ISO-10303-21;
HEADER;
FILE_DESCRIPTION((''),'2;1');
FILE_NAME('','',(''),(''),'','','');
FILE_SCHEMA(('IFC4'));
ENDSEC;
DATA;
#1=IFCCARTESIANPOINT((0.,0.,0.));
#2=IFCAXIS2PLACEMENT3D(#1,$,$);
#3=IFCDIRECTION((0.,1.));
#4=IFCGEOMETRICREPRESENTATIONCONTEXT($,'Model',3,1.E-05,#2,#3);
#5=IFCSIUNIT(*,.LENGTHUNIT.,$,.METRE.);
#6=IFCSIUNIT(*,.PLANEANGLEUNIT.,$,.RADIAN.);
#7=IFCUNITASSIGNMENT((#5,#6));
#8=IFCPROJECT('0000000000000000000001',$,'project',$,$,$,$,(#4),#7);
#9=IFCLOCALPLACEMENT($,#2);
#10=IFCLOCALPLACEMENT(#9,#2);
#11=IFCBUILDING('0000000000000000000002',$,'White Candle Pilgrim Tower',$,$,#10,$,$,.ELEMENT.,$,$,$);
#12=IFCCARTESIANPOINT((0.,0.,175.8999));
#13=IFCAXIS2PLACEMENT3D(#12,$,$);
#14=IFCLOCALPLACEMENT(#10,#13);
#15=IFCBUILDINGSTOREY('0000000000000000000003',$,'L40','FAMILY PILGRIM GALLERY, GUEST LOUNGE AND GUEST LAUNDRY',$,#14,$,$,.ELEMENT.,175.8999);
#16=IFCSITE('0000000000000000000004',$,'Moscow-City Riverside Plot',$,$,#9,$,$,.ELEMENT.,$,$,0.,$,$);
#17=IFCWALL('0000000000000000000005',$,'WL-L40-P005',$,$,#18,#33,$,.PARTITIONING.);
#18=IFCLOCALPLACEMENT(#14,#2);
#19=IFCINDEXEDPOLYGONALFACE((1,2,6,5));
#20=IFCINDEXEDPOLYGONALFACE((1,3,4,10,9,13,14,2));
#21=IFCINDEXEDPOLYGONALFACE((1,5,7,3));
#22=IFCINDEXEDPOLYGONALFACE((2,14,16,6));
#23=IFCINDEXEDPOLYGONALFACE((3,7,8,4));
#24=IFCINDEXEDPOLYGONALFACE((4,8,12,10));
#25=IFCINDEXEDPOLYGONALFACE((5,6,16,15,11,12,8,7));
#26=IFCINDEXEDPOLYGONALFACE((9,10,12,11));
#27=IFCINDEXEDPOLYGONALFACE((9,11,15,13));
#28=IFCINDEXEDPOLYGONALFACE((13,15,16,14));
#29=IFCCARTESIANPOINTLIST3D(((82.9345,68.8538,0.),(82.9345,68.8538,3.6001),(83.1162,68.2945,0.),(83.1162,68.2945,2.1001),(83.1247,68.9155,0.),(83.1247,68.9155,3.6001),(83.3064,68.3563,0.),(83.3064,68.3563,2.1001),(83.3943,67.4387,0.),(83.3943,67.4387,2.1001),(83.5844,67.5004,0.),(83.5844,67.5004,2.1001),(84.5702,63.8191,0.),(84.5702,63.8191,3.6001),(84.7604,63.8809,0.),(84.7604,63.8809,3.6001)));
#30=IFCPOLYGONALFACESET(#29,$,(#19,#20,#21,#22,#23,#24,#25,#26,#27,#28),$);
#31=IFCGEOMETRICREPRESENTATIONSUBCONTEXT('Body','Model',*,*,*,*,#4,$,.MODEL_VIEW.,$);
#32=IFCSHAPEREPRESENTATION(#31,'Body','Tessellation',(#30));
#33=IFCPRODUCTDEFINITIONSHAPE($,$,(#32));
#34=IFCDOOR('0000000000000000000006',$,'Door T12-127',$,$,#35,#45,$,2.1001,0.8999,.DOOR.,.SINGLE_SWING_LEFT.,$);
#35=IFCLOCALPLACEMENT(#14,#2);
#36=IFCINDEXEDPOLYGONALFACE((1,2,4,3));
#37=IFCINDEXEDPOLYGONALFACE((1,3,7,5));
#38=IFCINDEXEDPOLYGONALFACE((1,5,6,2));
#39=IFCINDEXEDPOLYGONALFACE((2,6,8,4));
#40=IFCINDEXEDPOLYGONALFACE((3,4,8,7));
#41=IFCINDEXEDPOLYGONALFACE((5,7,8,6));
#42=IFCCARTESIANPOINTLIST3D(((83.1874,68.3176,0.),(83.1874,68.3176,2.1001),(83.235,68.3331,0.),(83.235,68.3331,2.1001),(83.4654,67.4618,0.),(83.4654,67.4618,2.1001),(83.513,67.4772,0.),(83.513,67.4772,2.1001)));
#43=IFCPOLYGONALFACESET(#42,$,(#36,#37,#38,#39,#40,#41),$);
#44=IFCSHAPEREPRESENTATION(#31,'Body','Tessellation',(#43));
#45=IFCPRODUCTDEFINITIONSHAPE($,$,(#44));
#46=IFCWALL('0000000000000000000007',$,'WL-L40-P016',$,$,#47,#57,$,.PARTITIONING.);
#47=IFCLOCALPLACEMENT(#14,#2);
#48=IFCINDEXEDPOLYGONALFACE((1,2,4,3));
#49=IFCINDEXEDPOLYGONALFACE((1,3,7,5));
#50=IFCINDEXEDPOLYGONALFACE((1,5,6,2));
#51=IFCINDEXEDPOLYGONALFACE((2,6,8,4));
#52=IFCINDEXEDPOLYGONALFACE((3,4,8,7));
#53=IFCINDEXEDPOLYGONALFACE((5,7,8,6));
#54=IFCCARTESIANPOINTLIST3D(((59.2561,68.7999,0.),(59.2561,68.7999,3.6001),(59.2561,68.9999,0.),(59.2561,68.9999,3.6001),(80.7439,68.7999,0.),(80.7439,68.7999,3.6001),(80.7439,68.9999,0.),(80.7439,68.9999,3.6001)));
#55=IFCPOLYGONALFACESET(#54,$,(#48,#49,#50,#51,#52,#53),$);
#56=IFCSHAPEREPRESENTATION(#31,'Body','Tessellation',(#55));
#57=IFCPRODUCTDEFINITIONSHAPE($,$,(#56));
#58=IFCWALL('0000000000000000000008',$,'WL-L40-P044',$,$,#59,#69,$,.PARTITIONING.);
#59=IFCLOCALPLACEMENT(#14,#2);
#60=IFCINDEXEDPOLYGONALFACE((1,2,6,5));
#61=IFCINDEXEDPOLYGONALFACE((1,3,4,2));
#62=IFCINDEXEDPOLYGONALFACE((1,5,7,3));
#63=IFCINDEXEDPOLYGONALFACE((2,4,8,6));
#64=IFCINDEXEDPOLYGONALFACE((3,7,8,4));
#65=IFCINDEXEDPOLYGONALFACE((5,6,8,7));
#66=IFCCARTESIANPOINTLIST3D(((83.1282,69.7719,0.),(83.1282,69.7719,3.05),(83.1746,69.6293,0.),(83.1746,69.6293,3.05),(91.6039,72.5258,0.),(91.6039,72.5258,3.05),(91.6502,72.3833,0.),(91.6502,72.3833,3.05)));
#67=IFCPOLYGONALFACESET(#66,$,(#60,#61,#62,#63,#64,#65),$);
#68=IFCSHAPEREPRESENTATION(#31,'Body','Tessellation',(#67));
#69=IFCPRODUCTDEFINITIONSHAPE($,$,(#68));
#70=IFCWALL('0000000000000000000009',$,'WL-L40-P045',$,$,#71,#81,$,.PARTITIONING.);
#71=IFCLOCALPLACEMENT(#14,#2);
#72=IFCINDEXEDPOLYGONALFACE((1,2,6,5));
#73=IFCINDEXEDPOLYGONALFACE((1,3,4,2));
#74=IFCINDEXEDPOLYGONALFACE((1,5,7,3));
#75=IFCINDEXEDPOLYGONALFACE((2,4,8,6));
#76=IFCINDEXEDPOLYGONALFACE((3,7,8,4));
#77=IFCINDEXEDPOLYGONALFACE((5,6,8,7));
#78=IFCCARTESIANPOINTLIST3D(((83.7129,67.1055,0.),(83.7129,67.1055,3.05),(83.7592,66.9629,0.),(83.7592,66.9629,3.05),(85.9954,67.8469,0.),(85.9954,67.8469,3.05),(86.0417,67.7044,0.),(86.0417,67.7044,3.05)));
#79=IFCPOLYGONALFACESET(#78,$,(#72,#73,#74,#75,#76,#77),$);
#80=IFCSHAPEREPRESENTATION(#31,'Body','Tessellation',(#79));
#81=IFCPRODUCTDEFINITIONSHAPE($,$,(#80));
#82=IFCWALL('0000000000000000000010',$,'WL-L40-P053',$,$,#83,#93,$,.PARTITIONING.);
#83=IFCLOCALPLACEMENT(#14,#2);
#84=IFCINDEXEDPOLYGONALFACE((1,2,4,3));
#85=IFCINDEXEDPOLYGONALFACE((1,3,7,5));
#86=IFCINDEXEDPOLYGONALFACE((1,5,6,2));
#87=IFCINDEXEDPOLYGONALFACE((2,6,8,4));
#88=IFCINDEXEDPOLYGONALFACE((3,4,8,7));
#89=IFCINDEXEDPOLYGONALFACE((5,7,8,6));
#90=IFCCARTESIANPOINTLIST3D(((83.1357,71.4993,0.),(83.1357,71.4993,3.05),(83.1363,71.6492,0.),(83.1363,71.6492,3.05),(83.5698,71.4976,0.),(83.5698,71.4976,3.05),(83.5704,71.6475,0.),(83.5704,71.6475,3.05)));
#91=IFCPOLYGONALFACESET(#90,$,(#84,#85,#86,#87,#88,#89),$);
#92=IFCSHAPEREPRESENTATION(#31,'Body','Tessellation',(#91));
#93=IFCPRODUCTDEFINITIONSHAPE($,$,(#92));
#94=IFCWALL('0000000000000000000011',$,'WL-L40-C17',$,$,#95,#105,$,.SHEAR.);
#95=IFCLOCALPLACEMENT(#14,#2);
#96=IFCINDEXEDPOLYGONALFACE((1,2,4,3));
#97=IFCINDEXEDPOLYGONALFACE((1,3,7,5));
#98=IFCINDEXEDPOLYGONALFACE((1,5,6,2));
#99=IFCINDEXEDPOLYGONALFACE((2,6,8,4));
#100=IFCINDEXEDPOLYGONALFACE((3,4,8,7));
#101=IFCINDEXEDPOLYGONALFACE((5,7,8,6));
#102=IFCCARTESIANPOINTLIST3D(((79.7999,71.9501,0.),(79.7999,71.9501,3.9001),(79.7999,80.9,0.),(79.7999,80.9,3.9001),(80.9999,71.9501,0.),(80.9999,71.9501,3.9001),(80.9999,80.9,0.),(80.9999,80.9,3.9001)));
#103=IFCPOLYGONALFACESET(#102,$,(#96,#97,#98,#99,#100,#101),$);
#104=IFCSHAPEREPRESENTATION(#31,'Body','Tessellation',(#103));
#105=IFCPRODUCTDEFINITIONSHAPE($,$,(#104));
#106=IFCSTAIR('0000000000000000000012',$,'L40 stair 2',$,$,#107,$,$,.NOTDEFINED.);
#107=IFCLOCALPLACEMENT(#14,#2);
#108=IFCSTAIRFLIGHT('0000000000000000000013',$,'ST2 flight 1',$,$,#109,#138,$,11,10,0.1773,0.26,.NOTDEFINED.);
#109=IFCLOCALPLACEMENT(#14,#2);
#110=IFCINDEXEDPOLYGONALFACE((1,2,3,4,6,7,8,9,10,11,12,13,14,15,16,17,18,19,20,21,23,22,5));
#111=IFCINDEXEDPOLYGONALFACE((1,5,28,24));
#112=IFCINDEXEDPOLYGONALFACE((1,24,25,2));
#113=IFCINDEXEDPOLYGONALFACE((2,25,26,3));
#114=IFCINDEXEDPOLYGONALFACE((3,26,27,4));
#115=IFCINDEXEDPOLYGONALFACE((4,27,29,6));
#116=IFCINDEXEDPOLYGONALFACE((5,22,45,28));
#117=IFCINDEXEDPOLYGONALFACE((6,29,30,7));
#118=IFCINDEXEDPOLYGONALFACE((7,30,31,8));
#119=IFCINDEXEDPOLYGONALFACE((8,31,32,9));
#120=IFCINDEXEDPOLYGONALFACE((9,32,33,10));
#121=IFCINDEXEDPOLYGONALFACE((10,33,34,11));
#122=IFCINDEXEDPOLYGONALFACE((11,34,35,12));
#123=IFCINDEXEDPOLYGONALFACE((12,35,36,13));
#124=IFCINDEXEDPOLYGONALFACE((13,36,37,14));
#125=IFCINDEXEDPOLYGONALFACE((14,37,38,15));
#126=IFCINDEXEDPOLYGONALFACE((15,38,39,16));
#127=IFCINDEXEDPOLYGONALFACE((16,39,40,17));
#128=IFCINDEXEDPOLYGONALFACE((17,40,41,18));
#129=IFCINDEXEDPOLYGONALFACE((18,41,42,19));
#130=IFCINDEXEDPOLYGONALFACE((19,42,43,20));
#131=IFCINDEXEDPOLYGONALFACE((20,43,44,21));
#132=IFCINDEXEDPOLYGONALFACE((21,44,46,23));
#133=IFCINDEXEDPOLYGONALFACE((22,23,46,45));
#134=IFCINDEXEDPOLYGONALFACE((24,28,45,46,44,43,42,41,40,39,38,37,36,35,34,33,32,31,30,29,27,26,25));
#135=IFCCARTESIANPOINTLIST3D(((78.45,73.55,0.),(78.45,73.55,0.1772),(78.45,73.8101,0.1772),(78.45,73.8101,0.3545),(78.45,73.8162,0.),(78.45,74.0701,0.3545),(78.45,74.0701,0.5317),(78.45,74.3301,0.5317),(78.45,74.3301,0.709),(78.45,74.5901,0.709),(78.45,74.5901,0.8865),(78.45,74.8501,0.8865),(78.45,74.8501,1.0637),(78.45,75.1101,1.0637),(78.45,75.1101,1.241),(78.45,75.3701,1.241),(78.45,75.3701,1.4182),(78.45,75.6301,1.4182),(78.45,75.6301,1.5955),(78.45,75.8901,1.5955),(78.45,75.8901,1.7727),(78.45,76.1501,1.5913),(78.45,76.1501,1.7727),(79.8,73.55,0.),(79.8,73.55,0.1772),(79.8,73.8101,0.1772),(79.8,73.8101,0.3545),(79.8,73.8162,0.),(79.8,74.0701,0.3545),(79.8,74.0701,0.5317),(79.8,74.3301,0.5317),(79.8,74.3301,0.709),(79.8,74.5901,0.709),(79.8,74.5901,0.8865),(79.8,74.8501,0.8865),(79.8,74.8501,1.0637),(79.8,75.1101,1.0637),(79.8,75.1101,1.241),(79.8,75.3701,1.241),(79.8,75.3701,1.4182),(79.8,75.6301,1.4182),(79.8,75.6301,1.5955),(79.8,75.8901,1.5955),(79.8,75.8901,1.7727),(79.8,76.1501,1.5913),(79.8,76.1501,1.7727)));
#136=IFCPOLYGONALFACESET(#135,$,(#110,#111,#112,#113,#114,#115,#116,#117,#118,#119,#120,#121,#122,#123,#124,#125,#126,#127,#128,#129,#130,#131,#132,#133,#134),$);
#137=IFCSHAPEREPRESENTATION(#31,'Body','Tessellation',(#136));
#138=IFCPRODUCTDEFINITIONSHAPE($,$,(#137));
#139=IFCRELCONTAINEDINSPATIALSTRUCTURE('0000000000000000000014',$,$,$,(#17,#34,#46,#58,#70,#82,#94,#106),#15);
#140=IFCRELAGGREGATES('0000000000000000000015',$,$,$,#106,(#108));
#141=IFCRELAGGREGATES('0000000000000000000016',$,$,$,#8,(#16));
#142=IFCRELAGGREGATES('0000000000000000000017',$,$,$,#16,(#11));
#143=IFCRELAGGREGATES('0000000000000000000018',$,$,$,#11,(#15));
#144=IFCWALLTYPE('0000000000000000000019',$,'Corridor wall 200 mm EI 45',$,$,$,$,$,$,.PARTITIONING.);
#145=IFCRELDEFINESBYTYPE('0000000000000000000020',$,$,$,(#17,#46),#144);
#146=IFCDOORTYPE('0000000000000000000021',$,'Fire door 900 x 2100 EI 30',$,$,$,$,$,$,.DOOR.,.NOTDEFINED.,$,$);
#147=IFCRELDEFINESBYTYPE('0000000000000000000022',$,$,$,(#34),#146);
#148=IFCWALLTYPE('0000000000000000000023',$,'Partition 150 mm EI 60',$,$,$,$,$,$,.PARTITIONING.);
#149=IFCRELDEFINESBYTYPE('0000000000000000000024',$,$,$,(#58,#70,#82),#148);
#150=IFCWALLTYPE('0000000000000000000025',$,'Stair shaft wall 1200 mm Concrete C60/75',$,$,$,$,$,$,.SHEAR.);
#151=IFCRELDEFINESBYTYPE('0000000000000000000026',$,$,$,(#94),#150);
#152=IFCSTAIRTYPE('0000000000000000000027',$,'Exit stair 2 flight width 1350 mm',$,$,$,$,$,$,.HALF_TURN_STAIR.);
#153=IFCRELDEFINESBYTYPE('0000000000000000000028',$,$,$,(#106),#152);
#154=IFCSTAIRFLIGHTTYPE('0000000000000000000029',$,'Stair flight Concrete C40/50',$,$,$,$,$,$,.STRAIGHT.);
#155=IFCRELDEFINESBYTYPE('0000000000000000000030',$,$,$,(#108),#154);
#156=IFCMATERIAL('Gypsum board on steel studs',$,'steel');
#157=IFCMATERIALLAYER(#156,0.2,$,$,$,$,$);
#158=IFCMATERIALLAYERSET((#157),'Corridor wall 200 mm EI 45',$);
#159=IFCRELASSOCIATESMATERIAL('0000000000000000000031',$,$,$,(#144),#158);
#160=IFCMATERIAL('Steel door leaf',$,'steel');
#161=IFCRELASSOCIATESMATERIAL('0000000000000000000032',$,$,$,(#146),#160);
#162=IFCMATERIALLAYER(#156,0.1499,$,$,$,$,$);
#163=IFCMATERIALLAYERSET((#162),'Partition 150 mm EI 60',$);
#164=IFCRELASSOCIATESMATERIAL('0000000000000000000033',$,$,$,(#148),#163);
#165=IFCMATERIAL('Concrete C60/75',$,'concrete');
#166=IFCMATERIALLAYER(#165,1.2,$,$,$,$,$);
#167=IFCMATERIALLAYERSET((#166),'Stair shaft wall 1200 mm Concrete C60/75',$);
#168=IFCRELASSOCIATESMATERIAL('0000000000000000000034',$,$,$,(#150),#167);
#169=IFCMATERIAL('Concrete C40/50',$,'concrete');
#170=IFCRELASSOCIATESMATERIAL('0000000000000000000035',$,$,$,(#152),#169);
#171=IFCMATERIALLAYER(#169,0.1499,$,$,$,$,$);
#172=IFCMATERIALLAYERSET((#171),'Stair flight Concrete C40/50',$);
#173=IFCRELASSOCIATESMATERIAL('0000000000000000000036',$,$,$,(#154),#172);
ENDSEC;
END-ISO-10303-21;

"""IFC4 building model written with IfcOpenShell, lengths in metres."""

from ifc_helpers import new_model, si_unit, direction, frame, frame_2d, origin, place, context, subcontext, project, spatial, polyline, rectangle, outline, extrude, material, layer, layer_set, type_object, element, fill, aggregate, save


model = new_model("IFC4")

# Units and contexts
model_context = context("Model", 3, precision=1e-05, world=origin(), true_north=direction((0.0, 1.0)))
body_context = subcontext(model_context, "Body", "Model", "MODEL_VIEW")
ifc_project = project(units=[si_unit("LENGTHUNIT", "METRE"), si_unit("PLANEANGLEUNIT", "RADIAN")], contexts=[model_context])

# Site, building, storey
site_placement = place(None, origin())
site = spatial("IfcSite", under=ifc_project, at=site_placement, Name="Moscow-City Riverside Plot", CompositionType="ELEMENT", RefElevation=0.0)
building_placement = place(site_placement, origin())
building = spatial("IfcBuilding", under=site, at=building_placement, Name="White Candle Pilgrim Tower", CompositionType="ELEMENT")
storey_placement = place(building_placement, frame((0.0, 0.0, 175.8999)))
storey = spatial("IfcBuildingStorey", under=building, at=storey_placement, Name="L40", Description="FAMILY PILGRIM GALLERY, GUEST LOUNGE AND GUEST LAUNDRY", CompositionType="ELEMENT", Elevation=175.8999)

# Wall, opening, door
ifc_material_1 = material(Name="Gypsum board on steel studs", Category="steel")
ifc_layer_1 = layer(ifc_material_1, 0.2)
ifc_layer_set_1 = layer_set([ifc_layer_1], Name="Corridor wall 200 mm EI 45")
wall_type_1 = type_object("IfcWallType", Name="Corridor wall 200 mm EI 45", PredefinedType="PARTITIONING", material=ifc_layer_set_1)
wall_1_placement = place(storey_placement, frame((83.0295, 68.8848, 0.0), z_axis=(0.0, 0.0, 1.0), x_axis=(0.308996, -0.951063, 0.0)))
wall_1 = element("IfcWall", 1, at=wall_1_placement, inside=storey, type_object=wall_type_1, Name="WL-L40-P005", PredefinedType="PARTITIONING", context=body_context, shape_type="SweptSolid", body=[
    extrude(rectangle(XDim=5.2937, YDim=0.2, at=frame_2d((2.647, 0.0))), origin(), (0.0, 0.0, 1.0), 3.6001),
])
opening_placement = place(wall_1_placement, frame((0.5881, 0.0, 0.0)))
opening = element("IfcOpeningElement", 2, at=opening_placement, cuts=wall_1, PredefinedType="OPENING", context=body_context, shape_type="SweptSolid", body=[
    extrude(rectangle(XDim=0.8999, YDim=2.1001, at=frame_2d((0.45, 1.05))), frame((0.0, 0.1099, 0.0), z_axis=(0.0, -1.0, 0.0), x_axis=(1.0, 0.0, 0.0)), (0.0, 0.0, 1.0), 0.22),
])
ifc_material_2 = material(Name="Steel door leaf", Category="steel")
door_type = type_object("IfcDoorType", Name="Fire door 900 x 2100 EI 30", OperationType="NOTDEFINED", PredefinedType="DOOR", material=ifc_material_2)
door_placement = place(opening_placement, origin())
door = element("IfcDoor", 3, at=door_placement, inside=storey, type_object=door_type, Name="Door T12-127", OperationType="SINGLE_SWING_LEFT", OverallHeight=2.1001, OverallWidth=0.8999, PredefinedType="DOOR", context=body_context, shape_type="SweptSolid", body=[
    extrude(rectangle(XDim=0.8999, YDim=2.1001, at=frame_2d((0.45, 1.05))), frame((0.0, 0.0249, 0.0), z_axis=(0.0, -1.0, 0.0), x_axis=(1.0, 0.0, 0.0)), (0.0, 0.0, 1.0), 0.05),
])
fill(opening, door)

# Walls
wall_2_placement = place(storey_placement, frame((80.7439, 68.8999, 0.0), z_axis=(0.0, 0.0, 1.0), x_axis=(-1.0, 0.0, 0.0)))
element("IfcWall", 4, at=wall_2_placement, inside=storey, type_object=wall_type_1, Name="WL-L40-P016", PredefinedType="PARTITIONING", context=body_context, shape_type="SweptSolid", body=[
    extrude(rectangle(XDim=21.4878, YDim=0.2, at=frame_2d((10.7439, 0.0))), origin(), (0.0, 0.0, 1.0), 3.6001),
])
ifc_layer_2 = layer(ifc_material_1, 0.1499)
ifc_layer_set_2 = layer_set([ifc_layer_2], Name="Partition 150 mm EI 60")
wall_type_2 = type_object("IfcWallType", Name="Partition 150 mm EI 60", PredefinedType="PARTITIONING", material=ifc_layer_set_2)
wall_3_placement = place(storey_placement, frame((91.6272, 72.4546, 0.0), z_axis=(0.0, 0.0, 1.0), x_axis=(-0.951056, -0.309019, 0.0)))
element("IfcWall", 5, at=wall_3_placement, inside=storey, type_object=wall_type_2, Name="WL-L40-P044", PredefinedType="PARTITIONING", context=body_context, shape_type="SweptSolid", body=[
    extrude(rectangle(XDim=8.9119, YDim=0.1499, at=frame_2d((4.4561, 0.0))), origin(), (0.0, 0.0, 1.0), 3.05),
])
wall_4_placement = place(storey_placement, frame((83.7361, 67.0342, 0.0), z_axis=(0.0, 0.0, 1.0), x_axis=(0.951077, 0.308955, 0.0)))
element("IfcWall", 6, at=wall_4_placement, inside=storey, type_object=wall_type_2, Name="WL-L40-P045", PredefinedType="PARTITIONING", context=body_context, shape_type="SweptSolid", body=[
    extrude(rectangle(XDim=2.3999, YDim=0.1499, at=frame_2d((1.2, 0.0))), origin(), (0.0, 0.0, 1.0), 3.05),
])
wall_5_placement = place(storey_placement, frame((83.5701, 71.5725, 0.0), z_axis=(0.0, 0.0, 1.0), x_axis=(-0.999992, 0.003937, 0.0)))
element("IfcWall", 7, at=wall_5_placement, inside=storey, type_object=wall_type_2, Name="WL-L40-P053", PredefinedType="PARTITIONING", context=body_context, shape_type="SweptSolid", body=[
    extrude(rectangle(XDim=0.4341, YDim=0.1499, at=frame_2d((0.217, 0.0))), origin(), (0.0, 0.0, 1.0), 3.05),
])
ifc_material_3 = material(Name="Concrete C60/75", Category="concrete")
ifc_layer_3 = layer(ifc_material_3, 1.2)
ifc_layer_set_3 = layer_set([ifc_layer_3], Name="Stair shaft wall 1200 mm Concrete C60/75")
wall_type_3 = type_object("IfcWallType", Name="Stair shaft wall 1200 mm Concrete C60/75", PredefinedType="SHEAR", material=ifc_layer_set_3)
wall_6_placement = place(storey_placement, frame((80.3999, 71.95, 0.0), z_axis=(0.0, 0.0, 1.0), x_axis=(0.0, 1.0, 0.0)))
element("IfcWall", 8, at=wall_6_placement, inside=storey, type_object=wall_type_3, Name="WL-L40-C17", PredefinedType="SHEAR", context=body_context, shape_type="SweptSolid", body=[
    extrude(rectangle(XDim=8.95, YDim=1.2, at=frame_2d((4.4751, 0.0))), origin(), (0.0, 0.0, 1.0), 3.9001),
])

# Stair, stair flight
ifc_material_4 = material(Name="Concrete C40/50", Category="concrete")
stair_type = type_object("IfcStairType", Name="Exit stair 2 flight width 1350 mm", PredefinedType="HALF_TURN_STAIR", material=ifc_material_4)
stair_placement = place(storey_placement, origin())
stair = element("IfcStair", 9, at=stair_placement, inside=storey, type_object=stair_type, Name="L40 stair 2", PredefinedType="NOTDEFINED")
ifc_layer_4 = layer(ifc_material_4, 0.1499)
ifc_layer_set_4 = layer_set([ifc_layer_4], Name="Stair flight Concrete C40/50")
stair_flight_type = type_object("IfcStairFlightType", Name="Stair flight Concrete C40/50", PredefinedType="STRAIGHT", material=ifc_layer_set_4)
stair_flight_placement = place(storey_placement, frame((79.125, 73.55, 0.0), z_axis=(0.0, 0.0, 1.0), x_axis=(0.0, 1.0, 0.0)))
stair_flight = element("IfcStairFlight", 10, at=stair_flight_placement, type_object=stair_flight_type, Name="ST2 flight 1", NumberOfRisers=11, NumberOfTreads=10, PredefinedType="NOTDEFINED", RiserHeight=0.1773, TreadLength=0.26, context=body_context, shape_type="SweptSolid", body=[
    extrude(outline(polyline([(0.0, 0.0), (0.0, 0.1772), (0.26, 0.1772), (0.26, 0.3545), (0.52, 0.3545), (0.52, 0.5317), (0.78, 0.5317), (0.78, 0.709), (1.04, 0.709), (1.04, 0.8865), (1.3, 0.8865), (1.3, 1.0637), (1.5601, 1.0637), (1.5601, 1.241), (1.8201, 1.241), (1.8201, 1.4182), (2.0801, 1.4182), (2.0801, 1.5955), (2.3401, 1.5955), (2.3401, 1.7727), (2.6001, 1.7727), (2.6001, 1.95), (2.6001, 1.5913), (0.2661, 0.0), (0.0, 0.0)])), frame((0.0, 0.675, 0.0), z_axis=(0.0, -1.0, 0.0), x_axis=(1.0, 0.0, 0.0)), (0.0, 0.0, 1.0), 1.3501),
])
aggregate(stair, [stair_flight])

save(model, "model.ifc")
